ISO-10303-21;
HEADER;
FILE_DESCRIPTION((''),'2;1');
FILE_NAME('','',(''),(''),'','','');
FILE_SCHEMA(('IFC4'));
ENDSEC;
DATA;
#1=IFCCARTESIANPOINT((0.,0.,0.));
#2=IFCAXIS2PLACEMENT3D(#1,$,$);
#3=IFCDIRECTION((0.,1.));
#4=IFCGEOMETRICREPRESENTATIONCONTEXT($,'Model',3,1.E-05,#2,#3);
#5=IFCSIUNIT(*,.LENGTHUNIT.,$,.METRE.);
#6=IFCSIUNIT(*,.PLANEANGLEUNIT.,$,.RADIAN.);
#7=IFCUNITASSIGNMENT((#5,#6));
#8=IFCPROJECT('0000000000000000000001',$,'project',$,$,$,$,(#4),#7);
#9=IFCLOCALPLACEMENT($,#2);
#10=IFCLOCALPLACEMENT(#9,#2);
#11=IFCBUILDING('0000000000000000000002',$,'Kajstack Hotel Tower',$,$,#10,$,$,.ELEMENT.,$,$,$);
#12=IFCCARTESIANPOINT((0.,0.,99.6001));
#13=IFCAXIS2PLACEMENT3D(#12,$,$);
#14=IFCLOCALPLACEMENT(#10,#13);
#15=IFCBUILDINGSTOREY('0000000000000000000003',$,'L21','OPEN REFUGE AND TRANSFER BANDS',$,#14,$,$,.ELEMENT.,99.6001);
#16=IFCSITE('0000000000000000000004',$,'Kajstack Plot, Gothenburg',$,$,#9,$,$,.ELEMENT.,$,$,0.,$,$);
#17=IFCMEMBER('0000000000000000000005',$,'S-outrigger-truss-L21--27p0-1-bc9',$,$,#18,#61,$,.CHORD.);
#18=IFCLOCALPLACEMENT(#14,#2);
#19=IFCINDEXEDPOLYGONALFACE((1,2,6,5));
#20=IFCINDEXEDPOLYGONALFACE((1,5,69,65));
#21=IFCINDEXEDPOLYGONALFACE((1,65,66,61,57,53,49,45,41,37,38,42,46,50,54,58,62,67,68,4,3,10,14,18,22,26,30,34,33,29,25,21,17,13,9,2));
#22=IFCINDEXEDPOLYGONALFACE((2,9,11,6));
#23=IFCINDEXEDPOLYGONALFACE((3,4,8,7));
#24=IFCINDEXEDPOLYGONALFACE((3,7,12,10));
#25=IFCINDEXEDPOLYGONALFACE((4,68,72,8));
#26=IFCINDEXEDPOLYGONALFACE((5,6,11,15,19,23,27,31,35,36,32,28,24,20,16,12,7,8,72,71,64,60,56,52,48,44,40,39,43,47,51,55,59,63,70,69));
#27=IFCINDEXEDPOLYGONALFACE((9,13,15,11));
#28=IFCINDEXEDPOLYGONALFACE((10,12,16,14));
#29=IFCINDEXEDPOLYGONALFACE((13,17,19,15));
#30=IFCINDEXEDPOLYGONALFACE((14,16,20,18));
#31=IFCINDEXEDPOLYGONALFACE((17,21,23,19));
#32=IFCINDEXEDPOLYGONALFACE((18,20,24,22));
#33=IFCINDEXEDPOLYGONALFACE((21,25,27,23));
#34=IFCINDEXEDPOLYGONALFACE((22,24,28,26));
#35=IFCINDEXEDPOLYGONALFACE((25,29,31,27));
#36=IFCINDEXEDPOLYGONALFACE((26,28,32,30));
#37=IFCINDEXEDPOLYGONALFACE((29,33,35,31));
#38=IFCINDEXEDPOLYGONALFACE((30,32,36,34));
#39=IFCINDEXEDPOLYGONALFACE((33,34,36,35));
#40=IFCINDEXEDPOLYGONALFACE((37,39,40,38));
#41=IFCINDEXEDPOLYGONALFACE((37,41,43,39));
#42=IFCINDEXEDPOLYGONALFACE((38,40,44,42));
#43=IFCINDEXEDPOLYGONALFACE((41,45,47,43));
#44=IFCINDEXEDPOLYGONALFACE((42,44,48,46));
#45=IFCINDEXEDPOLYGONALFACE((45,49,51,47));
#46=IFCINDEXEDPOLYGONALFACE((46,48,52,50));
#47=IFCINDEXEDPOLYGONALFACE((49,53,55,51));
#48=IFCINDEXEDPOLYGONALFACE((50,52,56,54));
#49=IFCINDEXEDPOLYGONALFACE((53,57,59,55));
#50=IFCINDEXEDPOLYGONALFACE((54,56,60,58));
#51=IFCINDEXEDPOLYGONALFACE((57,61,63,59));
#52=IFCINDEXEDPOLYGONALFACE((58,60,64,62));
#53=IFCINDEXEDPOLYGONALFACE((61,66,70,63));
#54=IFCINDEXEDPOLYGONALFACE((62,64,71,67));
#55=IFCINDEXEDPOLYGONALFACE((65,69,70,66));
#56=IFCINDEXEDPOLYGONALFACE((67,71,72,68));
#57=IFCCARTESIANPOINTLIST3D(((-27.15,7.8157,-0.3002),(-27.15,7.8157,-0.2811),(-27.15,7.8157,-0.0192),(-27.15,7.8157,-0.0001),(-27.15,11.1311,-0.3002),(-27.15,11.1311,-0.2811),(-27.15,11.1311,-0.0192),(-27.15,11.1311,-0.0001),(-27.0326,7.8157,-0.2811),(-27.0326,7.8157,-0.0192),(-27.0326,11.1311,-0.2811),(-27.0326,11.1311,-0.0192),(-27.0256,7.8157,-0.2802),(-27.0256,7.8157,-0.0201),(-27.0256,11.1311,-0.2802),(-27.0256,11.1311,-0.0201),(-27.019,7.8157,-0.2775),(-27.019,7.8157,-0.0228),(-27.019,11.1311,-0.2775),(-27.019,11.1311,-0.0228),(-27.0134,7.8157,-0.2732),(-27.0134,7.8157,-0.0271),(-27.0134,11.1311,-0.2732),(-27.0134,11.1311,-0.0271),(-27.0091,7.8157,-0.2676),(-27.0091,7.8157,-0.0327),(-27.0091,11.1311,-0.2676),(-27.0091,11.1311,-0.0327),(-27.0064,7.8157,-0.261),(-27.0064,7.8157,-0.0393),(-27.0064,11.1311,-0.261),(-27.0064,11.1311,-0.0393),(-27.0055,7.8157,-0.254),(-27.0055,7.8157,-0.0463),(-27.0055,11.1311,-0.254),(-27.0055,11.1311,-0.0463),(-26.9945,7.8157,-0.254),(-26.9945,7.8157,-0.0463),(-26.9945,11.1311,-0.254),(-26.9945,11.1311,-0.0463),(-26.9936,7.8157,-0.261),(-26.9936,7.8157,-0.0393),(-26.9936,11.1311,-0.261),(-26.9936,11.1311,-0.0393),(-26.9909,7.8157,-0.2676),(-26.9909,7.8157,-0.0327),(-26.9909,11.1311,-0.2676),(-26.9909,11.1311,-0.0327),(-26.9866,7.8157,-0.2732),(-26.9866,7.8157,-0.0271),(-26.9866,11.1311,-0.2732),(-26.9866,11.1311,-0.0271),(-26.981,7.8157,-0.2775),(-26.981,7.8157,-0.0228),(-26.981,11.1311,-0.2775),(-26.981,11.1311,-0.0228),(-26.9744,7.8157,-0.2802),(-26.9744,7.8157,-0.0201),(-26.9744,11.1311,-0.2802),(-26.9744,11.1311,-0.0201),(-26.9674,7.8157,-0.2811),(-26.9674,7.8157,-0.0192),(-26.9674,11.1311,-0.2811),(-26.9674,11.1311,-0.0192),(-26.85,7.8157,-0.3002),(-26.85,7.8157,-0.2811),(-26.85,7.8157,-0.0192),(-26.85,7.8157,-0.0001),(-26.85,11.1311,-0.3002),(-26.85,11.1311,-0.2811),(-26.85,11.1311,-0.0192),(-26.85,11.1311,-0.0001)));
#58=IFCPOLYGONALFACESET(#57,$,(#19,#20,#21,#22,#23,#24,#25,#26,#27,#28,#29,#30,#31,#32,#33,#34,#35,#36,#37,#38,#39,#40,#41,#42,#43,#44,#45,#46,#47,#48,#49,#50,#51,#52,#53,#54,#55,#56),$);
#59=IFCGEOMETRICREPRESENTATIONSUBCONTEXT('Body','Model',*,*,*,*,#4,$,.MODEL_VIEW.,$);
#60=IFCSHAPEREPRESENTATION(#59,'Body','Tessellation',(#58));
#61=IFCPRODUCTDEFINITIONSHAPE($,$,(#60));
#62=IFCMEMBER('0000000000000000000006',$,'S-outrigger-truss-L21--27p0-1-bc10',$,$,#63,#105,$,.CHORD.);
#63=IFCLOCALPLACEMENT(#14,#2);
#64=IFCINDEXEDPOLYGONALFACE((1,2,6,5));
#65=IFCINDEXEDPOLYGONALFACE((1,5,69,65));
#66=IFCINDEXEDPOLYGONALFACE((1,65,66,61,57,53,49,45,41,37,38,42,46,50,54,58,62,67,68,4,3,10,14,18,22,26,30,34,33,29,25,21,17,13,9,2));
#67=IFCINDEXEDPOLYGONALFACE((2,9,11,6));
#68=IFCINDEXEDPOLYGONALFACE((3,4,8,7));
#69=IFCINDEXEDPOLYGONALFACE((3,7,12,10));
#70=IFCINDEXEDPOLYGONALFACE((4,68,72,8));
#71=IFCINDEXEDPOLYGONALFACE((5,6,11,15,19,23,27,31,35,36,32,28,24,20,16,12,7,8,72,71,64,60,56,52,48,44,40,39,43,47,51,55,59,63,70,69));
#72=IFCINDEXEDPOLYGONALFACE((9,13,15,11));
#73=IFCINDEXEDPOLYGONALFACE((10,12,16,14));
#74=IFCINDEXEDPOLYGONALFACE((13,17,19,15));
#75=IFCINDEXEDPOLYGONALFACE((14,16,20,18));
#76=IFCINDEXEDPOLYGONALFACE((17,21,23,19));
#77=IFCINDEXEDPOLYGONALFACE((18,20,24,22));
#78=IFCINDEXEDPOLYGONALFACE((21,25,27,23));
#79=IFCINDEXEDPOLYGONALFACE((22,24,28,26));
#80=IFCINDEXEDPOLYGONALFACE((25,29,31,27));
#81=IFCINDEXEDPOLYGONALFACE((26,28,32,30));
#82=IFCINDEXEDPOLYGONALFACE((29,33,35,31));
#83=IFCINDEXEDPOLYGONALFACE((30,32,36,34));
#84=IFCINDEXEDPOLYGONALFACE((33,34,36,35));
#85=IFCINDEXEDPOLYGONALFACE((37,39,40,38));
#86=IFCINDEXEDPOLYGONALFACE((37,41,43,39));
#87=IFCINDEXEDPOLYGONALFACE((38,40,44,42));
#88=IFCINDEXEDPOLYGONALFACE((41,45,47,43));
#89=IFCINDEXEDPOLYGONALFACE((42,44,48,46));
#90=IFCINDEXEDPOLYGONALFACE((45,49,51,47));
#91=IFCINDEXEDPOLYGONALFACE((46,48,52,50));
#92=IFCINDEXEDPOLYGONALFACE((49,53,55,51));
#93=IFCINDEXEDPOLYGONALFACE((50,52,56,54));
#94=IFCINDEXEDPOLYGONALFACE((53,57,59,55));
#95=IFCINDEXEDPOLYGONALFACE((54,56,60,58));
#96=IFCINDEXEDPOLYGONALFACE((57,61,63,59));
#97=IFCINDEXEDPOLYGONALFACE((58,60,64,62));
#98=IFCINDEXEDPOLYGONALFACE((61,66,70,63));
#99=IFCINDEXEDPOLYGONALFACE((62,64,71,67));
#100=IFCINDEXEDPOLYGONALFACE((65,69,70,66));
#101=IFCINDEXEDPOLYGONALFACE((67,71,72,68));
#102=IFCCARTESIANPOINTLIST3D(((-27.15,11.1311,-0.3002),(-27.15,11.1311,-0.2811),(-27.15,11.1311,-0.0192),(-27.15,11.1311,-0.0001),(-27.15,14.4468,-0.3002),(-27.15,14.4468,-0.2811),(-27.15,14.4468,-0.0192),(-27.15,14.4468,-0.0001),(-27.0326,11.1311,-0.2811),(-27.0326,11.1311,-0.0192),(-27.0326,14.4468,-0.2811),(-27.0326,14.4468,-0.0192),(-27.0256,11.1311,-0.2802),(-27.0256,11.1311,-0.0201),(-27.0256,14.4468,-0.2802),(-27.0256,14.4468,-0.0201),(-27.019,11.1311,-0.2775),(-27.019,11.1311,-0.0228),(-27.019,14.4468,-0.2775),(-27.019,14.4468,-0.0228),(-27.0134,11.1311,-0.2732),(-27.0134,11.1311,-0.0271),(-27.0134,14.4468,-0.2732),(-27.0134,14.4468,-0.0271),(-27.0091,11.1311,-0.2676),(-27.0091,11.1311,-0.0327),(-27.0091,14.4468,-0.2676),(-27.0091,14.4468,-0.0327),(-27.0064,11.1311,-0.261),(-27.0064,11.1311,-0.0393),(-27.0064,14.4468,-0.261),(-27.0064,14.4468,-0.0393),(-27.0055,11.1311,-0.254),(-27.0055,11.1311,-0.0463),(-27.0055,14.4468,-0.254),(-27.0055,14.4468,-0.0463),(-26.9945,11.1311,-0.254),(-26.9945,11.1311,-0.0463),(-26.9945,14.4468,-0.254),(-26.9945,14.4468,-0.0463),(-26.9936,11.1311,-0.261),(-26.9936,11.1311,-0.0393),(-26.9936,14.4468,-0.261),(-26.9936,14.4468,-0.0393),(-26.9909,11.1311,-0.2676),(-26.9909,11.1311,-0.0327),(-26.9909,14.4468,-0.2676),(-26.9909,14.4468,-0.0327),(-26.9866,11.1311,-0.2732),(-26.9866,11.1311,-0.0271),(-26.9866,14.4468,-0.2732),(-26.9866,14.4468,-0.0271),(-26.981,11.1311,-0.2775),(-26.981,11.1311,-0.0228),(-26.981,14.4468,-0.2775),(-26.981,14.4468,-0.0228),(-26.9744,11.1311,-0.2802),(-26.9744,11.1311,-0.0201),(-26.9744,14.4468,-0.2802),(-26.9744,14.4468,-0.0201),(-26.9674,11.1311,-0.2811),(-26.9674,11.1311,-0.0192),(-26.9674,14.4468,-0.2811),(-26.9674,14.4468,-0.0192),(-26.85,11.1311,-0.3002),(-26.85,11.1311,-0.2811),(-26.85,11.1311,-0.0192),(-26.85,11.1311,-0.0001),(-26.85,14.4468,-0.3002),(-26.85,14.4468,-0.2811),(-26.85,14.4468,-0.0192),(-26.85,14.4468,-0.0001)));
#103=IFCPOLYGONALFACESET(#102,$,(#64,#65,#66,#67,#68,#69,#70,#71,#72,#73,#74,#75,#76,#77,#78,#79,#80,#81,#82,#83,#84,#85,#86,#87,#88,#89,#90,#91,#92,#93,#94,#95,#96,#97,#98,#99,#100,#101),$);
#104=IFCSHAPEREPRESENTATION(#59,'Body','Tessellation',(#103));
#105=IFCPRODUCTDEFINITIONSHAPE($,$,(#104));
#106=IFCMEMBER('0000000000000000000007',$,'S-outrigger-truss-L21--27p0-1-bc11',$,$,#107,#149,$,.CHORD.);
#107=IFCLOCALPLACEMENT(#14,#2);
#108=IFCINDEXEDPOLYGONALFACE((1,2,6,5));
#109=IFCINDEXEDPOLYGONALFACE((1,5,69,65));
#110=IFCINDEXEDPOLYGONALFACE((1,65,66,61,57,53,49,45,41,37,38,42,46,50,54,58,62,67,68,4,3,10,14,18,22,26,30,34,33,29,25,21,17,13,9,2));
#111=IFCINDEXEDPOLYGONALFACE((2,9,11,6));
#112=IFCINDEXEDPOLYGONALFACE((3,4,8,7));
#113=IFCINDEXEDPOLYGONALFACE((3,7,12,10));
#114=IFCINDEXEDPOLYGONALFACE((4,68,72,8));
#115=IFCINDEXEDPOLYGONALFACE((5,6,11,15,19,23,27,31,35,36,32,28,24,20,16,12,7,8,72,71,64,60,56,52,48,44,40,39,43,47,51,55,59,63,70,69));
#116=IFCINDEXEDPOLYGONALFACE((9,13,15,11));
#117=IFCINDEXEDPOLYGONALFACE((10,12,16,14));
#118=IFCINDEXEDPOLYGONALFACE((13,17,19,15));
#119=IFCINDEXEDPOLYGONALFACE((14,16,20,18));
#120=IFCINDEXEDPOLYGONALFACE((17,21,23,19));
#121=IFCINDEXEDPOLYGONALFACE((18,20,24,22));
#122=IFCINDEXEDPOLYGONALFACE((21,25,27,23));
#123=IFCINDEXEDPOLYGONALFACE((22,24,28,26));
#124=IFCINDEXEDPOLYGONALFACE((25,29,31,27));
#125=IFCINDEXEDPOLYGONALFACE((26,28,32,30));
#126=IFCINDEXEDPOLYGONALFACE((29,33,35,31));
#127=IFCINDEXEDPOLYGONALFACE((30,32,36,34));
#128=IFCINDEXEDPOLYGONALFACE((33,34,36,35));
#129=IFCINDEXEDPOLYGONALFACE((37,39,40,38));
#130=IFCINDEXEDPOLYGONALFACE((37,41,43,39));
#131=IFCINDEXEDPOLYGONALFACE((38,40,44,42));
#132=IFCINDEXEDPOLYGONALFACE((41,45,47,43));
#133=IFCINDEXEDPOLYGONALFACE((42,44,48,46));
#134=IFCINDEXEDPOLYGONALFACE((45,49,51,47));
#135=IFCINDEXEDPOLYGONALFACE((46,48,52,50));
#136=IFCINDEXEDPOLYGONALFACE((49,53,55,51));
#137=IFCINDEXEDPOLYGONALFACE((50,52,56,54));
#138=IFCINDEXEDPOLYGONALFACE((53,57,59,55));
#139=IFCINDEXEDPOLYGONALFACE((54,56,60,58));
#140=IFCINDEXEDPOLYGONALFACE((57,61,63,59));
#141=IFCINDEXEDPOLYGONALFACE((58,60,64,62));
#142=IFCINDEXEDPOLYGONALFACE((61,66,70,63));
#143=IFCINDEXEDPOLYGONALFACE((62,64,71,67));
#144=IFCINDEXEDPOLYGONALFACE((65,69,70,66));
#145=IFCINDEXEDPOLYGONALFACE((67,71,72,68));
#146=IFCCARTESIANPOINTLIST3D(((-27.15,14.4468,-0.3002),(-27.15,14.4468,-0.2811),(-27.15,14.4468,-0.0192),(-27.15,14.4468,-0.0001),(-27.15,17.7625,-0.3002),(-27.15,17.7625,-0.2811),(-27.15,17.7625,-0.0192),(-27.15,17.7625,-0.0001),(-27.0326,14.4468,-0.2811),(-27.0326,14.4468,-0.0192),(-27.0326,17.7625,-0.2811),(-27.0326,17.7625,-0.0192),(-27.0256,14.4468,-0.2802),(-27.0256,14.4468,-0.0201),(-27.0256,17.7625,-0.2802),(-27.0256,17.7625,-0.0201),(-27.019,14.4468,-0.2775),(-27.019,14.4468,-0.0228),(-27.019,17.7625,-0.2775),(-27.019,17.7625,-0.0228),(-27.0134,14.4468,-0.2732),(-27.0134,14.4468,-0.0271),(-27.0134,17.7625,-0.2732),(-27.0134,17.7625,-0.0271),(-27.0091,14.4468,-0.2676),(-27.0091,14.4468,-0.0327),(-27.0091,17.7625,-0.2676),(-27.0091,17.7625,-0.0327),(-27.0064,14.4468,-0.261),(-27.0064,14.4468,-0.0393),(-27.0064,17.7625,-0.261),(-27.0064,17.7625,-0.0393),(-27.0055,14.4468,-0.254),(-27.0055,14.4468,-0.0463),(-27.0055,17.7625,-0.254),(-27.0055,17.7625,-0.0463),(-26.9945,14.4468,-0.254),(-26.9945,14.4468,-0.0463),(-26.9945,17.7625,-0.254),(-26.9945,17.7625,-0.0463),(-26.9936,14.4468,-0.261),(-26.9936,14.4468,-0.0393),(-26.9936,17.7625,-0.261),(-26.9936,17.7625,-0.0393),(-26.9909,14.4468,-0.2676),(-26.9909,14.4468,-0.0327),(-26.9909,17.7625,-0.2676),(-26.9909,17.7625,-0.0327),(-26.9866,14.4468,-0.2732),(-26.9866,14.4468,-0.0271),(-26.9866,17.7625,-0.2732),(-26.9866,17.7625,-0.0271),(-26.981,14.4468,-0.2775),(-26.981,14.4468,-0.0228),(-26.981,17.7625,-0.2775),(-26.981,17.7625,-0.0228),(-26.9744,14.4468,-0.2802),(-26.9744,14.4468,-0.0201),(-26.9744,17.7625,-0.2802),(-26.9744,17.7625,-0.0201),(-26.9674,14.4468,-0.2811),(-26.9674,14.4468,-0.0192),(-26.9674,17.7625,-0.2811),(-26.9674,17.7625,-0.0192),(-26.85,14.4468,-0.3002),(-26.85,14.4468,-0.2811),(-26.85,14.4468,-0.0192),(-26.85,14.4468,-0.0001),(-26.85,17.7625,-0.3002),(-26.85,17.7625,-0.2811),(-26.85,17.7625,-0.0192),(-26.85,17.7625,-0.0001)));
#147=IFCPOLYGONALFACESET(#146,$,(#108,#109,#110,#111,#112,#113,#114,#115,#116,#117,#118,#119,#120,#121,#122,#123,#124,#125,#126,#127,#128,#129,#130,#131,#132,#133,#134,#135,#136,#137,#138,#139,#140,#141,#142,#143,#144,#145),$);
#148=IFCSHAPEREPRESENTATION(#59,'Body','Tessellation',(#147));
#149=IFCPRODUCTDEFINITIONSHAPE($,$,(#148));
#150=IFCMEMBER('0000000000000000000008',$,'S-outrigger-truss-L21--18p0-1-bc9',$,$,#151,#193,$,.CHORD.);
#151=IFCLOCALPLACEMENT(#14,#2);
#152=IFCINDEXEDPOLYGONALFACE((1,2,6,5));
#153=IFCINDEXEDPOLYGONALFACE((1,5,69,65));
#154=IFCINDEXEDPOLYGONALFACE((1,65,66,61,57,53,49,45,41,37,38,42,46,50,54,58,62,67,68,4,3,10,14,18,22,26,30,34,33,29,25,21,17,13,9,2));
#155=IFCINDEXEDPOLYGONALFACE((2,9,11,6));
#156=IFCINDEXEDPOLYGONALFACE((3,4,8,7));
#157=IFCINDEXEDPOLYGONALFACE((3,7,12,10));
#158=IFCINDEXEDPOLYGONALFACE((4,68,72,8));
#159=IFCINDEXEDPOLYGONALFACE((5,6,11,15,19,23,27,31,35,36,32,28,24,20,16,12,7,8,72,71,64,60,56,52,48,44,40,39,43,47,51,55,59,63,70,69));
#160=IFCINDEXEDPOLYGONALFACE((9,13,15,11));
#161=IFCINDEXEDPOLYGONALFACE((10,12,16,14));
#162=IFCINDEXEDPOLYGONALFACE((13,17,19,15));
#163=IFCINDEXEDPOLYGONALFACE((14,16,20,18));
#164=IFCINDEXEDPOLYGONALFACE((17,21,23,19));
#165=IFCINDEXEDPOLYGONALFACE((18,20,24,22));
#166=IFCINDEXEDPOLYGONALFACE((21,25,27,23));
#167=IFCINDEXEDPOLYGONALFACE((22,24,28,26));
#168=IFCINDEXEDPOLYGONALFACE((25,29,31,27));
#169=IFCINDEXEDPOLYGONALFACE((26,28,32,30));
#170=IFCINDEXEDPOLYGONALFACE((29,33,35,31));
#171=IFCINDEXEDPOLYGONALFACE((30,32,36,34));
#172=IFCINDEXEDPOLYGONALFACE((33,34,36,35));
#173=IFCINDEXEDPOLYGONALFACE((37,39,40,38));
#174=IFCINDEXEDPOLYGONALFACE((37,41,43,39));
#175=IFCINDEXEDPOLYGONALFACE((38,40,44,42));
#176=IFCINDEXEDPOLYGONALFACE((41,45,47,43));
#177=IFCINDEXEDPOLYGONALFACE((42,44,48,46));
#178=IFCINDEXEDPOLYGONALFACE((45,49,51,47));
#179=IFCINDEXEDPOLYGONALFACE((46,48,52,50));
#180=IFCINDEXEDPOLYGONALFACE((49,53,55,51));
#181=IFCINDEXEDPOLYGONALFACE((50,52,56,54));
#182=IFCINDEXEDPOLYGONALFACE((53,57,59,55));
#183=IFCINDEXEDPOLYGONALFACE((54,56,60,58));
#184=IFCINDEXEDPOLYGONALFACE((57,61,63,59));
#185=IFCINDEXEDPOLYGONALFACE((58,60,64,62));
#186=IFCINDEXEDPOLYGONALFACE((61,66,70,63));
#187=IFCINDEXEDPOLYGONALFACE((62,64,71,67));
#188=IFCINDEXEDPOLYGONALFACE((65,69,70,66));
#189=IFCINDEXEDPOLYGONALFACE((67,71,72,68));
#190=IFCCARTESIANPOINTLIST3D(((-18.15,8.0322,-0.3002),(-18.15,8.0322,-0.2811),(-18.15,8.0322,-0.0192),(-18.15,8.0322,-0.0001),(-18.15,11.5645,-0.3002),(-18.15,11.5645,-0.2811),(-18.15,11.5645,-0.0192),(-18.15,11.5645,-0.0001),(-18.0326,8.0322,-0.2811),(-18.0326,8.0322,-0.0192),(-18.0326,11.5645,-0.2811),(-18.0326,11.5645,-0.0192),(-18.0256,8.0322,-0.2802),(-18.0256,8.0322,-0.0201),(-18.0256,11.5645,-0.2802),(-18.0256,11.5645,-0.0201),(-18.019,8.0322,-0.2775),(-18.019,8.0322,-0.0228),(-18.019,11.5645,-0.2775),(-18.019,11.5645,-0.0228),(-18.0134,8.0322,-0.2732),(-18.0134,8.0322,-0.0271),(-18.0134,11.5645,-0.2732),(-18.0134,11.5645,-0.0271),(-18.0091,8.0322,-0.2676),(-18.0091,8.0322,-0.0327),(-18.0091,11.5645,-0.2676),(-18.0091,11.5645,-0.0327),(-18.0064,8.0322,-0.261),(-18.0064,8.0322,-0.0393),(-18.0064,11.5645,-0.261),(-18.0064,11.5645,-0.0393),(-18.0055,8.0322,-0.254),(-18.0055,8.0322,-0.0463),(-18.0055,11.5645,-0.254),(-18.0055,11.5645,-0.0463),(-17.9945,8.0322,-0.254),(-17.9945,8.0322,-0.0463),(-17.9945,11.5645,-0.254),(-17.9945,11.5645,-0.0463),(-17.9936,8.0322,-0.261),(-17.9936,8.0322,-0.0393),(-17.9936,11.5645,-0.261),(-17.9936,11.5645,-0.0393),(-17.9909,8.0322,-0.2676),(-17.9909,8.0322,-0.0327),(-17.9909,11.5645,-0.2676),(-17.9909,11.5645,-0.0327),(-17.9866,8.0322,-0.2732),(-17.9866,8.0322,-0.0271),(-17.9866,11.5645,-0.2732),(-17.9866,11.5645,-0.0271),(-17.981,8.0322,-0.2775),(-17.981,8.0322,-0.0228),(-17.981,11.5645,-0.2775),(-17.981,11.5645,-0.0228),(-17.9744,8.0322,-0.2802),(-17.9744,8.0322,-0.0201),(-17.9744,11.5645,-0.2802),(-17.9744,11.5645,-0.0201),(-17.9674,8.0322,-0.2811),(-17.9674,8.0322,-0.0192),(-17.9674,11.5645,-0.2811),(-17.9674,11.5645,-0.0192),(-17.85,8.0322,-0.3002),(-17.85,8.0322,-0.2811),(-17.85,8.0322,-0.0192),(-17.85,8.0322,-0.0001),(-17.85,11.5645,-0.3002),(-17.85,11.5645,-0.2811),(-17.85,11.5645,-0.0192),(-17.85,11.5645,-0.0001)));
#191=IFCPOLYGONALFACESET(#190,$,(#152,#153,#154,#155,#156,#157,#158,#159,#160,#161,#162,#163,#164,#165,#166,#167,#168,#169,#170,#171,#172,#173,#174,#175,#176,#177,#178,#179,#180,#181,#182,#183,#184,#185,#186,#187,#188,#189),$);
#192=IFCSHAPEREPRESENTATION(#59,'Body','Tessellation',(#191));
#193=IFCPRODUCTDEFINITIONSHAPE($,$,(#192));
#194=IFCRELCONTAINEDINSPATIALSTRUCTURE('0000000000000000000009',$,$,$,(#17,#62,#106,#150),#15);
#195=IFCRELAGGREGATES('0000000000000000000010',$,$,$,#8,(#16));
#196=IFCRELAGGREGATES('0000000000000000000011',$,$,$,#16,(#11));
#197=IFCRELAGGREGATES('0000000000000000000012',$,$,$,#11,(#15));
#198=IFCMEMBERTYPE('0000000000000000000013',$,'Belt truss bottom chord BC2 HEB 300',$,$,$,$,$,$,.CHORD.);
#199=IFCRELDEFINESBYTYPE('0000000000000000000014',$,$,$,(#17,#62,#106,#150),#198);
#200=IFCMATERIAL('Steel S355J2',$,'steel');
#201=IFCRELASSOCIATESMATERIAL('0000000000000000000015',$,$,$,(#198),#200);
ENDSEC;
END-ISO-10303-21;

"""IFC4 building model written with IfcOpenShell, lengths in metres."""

from ifc_helpers import new_model, si_unit, direction, frame, origin, origin_2d, place, context, subcontext, project, spatial, i_section, extrude, material, material_profile, profile_set, type_object, element, save


model = new_model("IFC4")

# Units and contexts
model_context = context("Model", 3, precision=1e-05, world=origin(), true_north=direction((0.0, 1.0)))
body_context = subcontext(model_context, "Body", "Model", "MODEL_VIEW")
ifc_project = project(units=[si_unit("LENGTHUNIT", "METRE"), si_unit("PLANEANGLEUNIT", "RADIAN")], contexts=[model_context])

# Site, building, storey
site_placement = place(None, origin())
site = spatial("IfcSite", under=ifc_project, at=site_placement, Name="Kajstack Plot, Gothenburg", CompositionType="ELEMENT", RefElevation=0.0)
building_placement = place(site_placement, origin())
building = spatial("IfcBuilding", under=site, at=building_placement, Name="Kajstack Hotel Tower", CompositionType="ELEMENT")
storey_placement = place(building_placement, frame((0.0, 0.0, 99.6001)))
storey = spatial("IfcBuildingStorey", under=building, at=storey_placement, Name="L21", Description="OPEN REFUGE AND TRANSFER BANDS", CompositionType="ELEMENT", Elevation=99.6001)

# Members
ifc_material = material(Name="Steel S355J2", Category="steel")
ifc_material_profile_1 = material_profile(ifc_material, i_section(OverallWidth=0.3, OverallDepth=0.3, WebThickness=0.011, FlangeThickness=0.019, FilletRadius=0.0271, at=origin_2d()), Name="HEB 300")
ifc_profile_set_1 = profile_set([ifc_material_profile_1], Name="Steel S355J2")
member_type_1 = type_object("IfcMemberType", Name="Belt truss bottom chord BC2 HEB 300", PredefinedType="CHORD", material=ifc_profile_set_1)
member_1_placement = place(storey_placement, frame((-27.0, 7.8157, -0.1501), z_axis=(0.0, 1.0, 0.0), x_axis=(-1.0, 0.0, 0.0)))
element("IfcMember", 1, at=member_1_placement, inside=storey, type_object=member_type_1, Name="S-outrigger-truss-L21--27p0-1-bc9", PredefinedType="CHORD", context=body_context, shape_type="SweptSolid", body=[
    extrude(i_section(OverallWidth=0.3, OverallDepth=0.3, WebThickness=0.011, FlangeThickness=0.019, FilletRadius=0.0271, at=origin_2d()), origin(), (0.0, 0.0, 1.0), 3.3154),
])
for number, where, z_axis, x_axis, name in (
    (2, (-27.0, 11.1311, -0.1501), (0.0, 1.0, 0.0), (-1.0, 0.0, 0.0), "S-outrigger-truss-L21--27p0-1-bc10"),
    (3, (-27.0, 14.4468, -0.1501), (0.0, 1.0, 0.0), (-1.0, 0.0, 0.0), "S-outrigger-truss-L21--27p0-1-bc11"),
):
    element("IfcMember", number, at=place(storey_placement, frame(where, z_axis=z_axis, x_axis=x_axis)), inside=storey, type_object=member_type_1, Name=name, PredefinedType="CHORD", context=body_context, shape_type="SweptSolid", body=[
        extrude(i_section(OverallWidth=0.3, OverallDepth=0.3, WebThickness=0.011, FlangeThickness=0.019, FilletRadius=0.0271, at=origin_2d()), origin(), (0.0, 0.0, 1.0), 3.3157),
    ])
for number, where, z_axis, x_axis, name in (
    (4, (-18.0, 8.0322, -0.1501), (0.0, 1.0, 0.0), (-1.0, 0.0, 0.0), "S-outrigger-truss-L21--18p0-1-bc9"),
):
    element("IfcMember", number, at=place(storey_placement, frame(where, z_axis=z_axis, x_axis=x_axis)), inside=storey, type_object=member_type_1, Name=name, PredefinedType="CHORD", context=body_context, shape_type="SweptSolid", body=[
        extrude(i_section(OverallWidth=0.3, OverallDepth=0.3, WebThickness=0.011, FlangeThickness=0.019, FilletRadius=0.0271, at=origin_2d()), origin(), (0.0, 0.0, 1.0), 3.5322),
    ])

save(model, "model.ifc")
